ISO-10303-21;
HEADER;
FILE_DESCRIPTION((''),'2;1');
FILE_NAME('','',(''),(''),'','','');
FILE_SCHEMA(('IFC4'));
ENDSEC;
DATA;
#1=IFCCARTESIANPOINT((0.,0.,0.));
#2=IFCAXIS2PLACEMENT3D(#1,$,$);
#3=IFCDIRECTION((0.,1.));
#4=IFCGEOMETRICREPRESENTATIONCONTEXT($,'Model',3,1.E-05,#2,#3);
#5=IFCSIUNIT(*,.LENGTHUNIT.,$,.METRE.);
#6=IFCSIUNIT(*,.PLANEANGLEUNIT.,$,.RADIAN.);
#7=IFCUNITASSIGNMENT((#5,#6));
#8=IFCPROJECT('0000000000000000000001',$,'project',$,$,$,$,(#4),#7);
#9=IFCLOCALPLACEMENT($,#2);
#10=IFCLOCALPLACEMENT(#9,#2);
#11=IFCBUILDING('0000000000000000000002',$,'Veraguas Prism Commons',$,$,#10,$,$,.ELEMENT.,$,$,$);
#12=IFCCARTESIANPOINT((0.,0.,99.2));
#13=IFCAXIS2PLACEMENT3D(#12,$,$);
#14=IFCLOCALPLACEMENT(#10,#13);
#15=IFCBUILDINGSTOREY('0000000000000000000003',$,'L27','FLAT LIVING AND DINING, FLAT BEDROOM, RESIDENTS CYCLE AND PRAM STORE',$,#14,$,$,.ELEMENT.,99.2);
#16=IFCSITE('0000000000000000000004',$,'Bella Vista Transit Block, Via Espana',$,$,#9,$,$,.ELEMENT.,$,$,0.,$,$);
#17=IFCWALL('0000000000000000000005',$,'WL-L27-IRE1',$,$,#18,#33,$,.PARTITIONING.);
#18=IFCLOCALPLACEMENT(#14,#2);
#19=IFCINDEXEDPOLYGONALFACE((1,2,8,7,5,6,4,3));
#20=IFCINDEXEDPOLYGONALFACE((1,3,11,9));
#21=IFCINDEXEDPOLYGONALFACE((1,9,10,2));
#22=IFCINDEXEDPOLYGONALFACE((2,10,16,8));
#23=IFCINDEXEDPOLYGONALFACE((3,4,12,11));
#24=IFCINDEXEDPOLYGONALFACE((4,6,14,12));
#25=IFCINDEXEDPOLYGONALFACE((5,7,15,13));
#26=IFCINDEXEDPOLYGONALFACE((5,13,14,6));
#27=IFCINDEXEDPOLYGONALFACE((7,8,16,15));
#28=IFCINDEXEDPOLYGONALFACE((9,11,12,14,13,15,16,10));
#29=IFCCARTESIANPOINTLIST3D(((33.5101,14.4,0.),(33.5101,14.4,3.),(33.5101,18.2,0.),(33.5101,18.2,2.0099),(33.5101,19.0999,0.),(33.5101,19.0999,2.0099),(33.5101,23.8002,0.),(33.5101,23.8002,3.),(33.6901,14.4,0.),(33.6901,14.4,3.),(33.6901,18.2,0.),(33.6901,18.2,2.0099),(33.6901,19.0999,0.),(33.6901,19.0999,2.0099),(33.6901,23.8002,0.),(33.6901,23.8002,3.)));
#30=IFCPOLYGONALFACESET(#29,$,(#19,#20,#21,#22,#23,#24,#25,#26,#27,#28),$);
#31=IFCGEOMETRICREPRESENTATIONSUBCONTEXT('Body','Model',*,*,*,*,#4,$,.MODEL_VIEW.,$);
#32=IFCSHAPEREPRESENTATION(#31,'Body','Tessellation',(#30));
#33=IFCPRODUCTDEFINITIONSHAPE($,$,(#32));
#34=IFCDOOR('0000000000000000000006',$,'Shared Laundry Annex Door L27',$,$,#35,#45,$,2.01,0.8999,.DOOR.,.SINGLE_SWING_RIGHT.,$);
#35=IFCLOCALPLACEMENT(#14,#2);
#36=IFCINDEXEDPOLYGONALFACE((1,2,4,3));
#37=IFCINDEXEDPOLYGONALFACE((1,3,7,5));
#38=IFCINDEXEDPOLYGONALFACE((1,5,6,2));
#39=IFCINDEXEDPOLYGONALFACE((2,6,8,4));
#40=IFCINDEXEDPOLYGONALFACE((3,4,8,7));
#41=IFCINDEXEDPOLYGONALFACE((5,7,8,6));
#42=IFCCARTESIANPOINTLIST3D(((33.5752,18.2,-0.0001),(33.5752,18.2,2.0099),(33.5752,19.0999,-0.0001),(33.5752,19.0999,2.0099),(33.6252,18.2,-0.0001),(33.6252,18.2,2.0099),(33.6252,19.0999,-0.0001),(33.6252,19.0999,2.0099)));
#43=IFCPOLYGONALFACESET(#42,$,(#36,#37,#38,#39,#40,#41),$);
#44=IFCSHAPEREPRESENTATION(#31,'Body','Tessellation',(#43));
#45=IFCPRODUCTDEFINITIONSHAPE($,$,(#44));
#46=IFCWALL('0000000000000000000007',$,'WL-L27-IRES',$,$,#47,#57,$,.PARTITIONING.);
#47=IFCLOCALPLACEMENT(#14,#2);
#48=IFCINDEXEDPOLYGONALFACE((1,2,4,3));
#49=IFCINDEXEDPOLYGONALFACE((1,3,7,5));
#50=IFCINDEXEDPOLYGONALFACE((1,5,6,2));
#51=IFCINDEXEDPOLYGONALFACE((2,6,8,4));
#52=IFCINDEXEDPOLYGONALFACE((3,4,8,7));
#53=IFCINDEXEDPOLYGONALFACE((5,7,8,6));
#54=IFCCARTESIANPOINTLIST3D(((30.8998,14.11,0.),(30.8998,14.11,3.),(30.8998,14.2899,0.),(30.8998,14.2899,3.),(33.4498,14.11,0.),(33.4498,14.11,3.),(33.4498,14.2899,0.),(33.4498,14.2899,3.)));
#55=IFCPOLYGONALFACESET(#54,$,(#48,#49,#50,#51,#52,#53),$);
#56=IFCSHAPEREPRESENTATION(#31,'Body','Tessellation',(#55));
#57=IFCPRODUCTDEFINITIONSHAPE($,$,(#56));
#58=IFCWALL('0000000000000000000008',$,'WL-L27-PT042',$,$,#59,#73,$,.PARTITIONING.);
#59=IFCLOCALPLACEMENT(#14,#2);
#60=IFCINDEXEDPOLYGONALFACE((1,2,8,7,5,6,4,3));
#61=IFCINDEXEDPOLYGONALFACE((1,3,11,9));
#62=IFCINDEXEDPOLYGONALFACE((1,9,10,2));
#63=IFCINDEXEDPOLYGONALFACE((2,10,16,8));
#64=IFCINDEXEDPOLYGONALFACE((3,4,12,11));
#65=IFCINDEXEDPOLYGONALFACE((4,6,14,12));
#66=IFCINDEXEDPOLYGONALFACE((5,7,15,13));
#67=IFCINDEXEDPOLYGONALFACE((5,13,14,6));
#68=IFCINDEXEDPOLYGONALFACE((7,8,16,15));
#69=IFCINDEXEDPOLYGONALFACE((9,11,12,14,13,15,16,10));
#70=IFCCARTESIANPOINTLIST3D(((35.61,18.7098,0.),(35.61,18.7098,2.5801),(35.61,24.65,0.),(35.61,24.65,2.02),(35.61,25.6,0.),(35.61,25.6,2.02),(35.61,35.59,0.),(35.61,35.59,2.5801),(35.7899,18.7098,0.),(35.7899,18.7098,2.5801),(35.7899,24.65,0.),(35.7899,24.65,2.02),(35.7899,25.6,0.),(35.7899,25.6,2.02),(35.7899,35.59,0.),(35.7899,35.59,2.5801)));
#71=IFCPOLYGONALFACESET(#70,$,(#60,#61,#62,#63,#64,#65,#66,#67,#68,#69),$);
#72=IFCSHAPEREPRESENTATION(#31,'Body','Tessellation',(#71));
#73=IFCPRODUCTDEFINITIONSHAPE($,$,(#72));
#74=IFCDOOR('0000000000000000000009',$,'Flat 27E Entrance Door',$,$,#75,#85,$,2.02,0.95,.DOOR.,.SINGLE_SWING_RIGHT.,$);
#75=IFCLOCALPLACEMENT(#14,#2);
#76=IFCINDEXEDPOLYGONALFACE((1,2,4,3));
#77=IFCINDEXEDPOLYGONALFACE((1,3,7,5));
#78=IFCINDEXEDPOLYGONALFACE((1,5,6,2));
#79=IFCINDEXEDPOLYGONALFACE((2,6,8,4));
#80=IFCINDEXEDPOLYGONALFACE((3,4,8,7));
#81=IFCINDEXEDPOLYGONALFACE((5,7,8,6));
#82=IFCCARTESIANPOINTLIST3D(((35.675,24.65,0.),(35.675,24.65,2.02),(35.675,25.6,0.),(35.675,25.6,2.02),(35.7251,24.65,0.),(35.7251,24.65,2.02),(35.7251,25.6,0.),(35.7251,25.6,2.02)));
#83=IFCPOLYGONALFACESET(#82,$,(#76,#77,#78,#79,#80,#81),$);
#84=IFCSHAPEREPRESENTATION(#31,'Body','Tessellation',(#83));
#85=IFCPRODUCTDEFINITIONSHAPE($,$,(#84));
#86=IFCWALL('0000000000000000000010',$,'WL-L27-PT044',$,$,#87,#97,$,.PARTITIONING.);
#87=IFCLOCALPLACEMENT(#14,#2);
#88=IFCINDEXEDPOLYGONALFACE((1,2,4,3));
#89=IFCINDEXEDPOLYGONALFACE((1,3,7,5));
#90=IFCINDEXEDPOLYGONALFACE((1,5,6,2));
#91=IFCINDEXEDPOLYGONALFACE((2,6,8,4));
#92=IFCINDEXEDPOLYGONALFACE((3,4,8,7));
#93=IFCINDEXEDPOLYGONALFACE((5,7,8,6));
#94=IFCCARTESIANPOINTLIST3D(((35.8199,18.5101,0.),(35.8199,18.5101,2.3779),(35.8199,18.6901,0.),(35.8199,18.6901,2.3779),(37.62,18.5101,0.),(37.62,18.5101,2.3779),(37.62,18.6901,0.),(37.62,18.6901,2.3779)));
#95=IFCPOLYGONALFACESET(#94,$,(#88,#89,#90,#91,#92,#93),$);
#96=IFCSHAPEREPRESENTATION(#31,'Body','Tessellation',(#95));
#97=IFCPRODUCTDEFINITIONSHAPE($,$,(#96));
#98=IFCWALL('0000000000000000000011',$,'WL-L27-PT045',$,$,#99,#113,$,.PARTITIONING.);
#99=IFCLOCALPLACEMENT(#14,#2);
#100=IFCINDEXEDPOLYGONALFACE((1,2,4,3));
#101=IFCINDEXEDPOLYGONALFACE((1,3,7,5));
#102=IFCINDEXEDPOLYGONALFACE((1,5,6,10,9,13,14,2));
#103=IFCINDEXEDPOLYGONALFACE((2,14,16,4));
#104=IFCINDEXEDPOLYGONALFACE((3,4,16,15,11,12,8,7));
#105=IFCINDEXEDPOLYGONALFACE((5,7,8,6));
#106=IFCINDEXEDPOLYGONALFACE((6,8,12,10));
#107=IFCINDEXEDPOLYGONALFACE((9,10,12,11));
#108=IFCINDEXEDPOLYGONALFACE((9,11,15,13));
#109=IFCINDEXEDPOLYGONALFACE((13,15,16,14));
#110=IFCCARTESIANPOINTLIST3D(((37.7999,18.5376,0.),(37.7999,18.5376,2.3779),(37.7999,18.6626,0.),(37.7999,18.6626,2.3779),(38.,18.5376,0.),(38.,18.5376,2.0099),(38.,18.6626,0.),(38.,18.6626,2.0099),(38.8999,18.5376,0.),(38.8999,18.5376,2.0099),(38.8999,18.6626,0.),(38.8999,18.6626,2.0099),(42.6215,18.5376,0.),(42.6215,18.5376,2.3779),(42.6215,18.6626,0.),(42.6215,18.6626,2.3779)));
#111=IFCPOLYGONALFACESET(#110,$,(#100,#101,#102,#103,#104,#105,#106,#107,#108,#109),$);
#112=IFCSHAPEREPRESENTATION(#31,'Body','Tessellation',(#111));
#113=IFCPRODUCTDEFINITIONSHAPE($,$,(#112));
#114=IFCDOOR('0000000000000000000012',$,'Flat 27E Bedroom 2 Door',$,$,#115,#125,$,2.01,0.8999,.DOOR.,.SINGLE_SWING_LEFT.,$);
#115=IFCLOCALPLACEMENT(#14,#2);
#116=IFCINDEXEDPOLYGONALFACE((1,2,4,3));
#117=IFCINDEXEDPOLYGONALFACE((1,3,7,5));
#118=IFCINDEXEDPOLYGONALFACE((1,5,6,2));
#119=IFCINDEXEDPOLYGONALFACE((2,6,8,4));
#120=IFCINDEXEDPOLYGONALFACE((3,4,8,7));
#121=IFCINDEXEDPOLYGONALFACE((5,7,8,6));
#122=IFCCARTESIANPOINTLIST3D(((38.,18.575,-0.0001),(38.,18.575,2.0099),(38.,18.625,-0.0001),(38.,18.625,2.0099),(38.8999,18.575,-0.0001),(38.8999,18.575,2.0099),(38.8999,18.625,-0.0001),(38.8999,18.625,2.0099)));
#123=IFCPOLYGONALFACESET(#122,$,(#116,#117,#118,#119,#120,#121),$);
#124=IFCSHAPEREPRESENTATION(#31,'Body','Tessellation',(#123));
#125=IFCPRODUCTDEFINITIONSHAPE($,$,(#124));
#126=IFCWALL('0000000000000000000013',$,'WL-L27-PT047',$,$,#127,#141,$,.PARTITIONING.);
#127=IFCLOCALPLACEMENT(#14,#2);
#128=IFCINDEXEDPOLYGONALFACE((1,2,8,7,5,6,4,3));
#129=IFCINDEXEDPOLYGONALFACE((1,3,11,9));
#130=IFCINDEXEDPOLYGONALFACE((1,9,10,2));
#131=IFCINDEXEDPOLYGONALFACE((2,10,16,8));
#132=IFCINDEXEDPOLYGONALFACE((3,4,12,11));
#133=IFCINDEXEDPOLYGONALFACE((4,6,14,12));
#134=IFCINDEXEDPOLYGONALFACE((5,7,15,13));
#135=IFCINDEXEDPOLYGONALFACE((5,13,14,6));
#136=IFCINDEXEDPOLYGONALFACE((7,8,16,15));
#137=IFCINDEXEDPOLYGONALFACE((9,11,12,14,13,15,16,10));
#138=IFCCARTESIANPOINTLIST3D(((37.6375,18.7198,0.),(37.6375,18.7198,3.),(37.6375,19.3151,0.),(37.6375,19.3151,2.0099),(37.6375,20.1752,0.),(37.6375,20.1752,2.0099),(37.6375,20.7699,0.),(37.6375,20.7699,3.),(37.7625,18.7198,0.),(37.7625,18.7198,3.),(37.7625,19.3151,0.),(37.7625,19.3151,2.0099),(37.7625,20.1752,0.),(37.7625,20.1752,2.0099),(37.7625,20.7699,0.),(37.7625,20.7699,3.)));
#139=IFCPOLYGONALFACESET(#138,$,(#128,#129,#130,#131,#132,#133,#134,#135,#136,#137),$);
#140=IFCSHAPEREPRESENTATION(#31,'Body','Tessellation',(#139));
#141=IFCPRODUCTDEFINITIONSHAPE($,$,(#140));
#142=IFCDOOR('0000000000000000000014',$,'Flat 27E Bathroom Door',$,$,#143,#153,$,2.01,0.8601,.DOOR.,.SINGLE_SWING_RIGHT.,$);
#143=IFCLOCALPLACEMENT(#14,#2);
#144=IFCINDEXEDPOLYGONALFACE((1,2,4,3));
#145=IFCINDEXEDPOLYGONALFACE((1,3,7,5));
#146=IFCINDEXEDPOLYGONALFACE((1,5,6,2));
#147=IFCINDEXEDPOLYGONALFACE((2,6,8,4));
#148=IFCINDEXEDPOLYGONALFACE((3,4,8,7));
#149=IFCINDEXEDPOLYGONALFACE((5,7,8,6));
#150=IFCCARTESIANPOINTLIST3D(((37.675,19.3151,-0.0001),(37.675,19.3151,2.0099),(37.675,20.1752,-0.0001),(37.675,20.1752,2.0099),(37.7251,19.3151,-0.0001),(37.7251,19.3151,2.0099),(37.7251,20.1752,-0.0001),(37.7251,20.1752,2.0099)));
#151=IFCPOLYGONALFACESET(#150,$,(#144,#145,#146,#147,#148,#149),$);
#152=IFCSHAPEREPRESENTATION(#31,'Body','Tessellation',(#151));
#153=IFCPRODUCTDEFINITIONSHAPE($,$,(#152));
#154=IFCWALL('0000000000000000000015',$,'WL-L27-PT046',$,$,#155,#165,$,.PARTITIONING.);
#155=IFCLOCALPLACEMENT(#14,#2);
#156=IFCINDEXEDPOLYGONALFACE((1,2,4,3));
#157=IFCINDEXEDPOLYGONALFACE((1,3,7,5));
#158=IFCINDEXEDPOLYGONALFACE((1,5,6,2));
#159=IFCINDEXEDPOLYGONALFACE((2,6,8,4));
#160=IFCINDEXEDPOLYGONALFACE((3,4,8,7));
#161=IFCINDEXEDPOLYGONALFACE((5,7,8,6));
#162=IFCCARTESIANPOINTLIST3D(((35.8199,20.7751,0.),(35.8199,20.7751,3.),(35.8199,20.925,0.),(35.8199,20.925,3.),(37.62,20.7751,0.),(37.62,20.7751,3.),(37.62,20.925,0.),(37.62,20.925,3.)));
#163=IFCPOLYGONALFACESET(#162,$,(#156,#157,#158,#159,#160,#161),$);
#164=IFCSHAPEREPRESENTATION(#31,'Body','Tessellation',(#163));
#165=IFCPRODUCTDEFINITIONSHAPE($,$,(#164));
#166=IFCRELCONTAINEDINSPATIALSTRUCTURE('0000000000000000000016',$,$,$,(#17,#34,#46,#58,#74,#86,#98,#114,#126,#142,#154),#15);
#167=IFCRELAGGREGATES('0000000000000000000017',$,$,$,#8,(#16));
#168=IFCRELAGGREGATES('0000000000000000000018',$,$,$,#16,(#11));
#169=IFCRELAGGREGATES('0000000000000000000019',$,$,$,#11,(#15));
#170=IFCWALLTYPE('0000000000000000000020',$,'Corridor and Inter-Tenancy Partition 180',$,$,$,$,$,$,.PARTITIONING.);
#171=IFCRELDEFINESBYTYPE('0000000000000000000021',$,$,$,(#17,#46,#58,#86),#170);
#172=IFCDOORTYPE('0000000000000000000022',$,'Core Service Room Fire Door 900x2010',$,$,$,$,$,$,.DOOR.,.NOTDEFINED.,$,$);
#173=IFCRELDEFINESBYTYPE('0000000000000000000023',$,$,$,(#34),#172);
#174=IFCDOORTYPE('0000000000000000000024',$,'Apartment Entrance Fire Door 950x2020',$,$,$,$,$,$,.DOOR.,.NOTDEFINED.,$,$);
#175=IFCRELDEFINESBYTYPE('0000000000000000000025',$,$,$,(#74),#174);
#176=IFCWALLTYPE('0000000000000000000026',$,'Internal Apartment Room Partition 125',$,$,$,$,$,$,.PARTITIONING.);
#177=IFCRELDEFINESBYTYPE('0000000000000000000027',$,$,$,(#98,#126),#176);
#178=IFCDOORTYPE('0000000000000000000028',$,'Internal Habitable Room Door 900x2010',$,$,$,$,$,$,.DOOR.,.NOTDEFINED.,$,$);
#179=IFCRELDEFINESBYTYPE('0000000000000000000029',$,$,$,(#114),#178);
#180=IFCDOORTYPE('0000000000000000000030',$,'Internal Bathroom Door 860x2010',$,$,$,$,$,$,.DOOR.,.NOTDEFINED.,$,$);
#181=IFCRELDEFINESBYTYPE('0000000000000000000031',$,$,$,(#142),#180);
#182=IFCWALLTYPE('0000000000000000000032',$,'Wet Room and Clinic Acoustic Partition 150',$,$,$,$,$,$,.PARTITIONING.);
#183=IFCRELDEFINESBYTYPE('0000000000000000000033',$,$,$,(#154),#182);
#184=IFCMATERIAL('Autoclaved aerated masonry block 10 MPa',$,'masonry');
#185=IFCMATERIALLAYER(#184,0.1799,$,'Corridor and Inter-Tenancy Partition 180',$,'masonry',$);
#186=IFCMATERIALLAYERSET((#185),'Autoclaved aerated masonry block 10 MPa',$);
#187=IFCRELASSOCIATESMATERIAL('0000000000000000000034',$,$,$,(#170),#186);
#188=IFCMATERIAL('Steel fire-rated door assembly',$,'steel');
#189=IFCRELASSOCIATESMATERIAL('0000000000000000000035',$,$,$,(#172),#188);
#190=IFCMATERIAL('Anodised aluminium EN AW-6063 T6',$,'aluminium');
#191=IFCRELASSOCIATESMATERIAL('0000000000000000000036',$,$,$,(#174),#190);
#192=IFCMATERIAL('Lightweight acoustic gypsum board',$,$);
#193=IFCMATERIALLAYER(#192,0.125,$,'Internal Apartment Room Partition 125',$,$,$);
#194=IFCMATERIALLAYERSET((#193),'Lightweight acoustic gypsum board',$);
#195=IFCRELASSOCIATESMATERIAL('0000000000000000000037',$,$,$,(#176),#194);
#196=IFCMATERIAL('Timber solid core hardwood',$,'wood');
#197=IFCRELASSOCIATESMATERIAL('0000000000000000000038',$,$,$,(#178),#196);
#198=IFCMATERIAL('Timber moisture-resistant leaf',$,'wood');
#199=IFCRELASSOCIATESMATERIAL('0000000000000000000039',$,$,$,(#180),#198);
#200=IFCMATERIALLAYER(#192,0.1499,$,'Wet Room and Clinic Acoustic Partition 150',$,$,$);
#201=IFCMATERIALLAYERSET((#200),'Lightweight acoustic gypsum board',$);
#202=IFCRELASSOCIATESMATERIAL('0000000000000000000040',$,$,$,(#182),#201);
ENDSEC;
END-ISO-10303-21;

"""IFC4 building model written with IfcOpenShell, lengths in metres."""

from ifc_helpers import new_model, si_unit, direction, frame, frame_2d, origin, place, context, subcontext, project, spatial, rectangle, extrude, source, transform, mapped, material, layer, layer_set, type_object, element, fill, save


model = new_model("IFC4")

# Units and contexts
model_context = context("Model", 3, precision=1e-05, world=origin(), true_north=direction((0.0, 1.0)))
body_context = subcontext(model_context, "Body", "Model", "MODEL_VIEW")
ifc_project = project(units=[si_unit("LENGTHUNIT", "METRE"), si_unit("PLANEANGLEUNIT", "RADIAN")], contexts=[model_context])

# Site, building, storey
site_placement = place(None, origin())
site = spatial("IfcSite", under=ifc_project, at=site_placement, Name="Bella Vista Transit Block, Via Espana", CompositionType="ELEMENT", RefElevation=0.0)
building_placement = place(site_placement, origin())
building = spatial("IfcBuilding", under=site, at=building_placement, Name="Veraguas Prism Commons", CompositionType="ELEMENT")
storey_placement = place(building_placement, frame((0.0, 0.0, 99.2)))
storey = spatial("IfcBuildingStorey", under=building, at=storey_placement, Name="L27", Description="FLAT LIVING AND DINING, FLAT BEDROOM, RESIDENTS CYCLE AND PRAM STORE", CompositionType="ELEMENT", Elevation=99.2)

# Shared definitions
ifc_material_1 = material(Name="Anodised aluminium EN AW-6063 T6", Category="aluminium")

# Wall, opening, door
ifc_material_2 = material(Name="Autoclaved aerated masonry block 10 MPa", Category="masonry")
ifc_layer_1 = layer(ifc_material_2, 0.1799, Name="Corridor and Inter-Tenancy Partition 180", Category="masonry")
ifc_layer_set_1 = layer_set([ifc_layer_1], Name="Autoclaved aerated masonry block 10 MPa")
wall_type_1 = type_object("IfcWallType", Name="Corridor and Inter-Tenancy Partition 180", PredefinedType="PARTITIONING", material=ifc_layer_set_1)
wall_1_placement = place(storey_placement, frame((33.6001, 14.3999, 0.0), z_axis=(0.0, 0.0, 1.0), x_axis=(0.0, 1.0, 0.0)))
wall_1 = element("IfcWall", 1, at=wall_1_placement, inside=storey, type_object=wall_type_1, Name="WL-L27-IRE1", PredefinedType="PARTITIONING", context=body_context, shape_type="SweptSolid", body=[
    extrude(rectangle(XDim=9.4001, YDim=0.1799, at=frame_2d((4.7002, 0.0))), origin(), (0.0, 0.0, 1.0), 3.0),
])
opening_1_placement = place(wall_1_placement, frame((3.8, 0.0, 0.0)))
opening_1 = element("IfcOpeningElement", 2, at=opening_1_placement, cuts=wall_1, PredefinedType="OPENING", context=body_context, shape_type="SweptSolid", body=[
    extrude(rectangle(XDim=0.8999, YDim=2.01, at=frame_2d((0.45, 1.0049))), frame((0.0, 0.0999, 0.0), z_axis=(0.0, -1.0, 0.0), x_axis=(1.0, 0.0, 0.0)), (0.0, 0.0, 1.0), 0.2),
])
ifc_material_3 = material(Name="Steel fire-rated door assembly", Category="steel")
door_type_1 = type_object("IfcDoorType", Name="Core Service Room Fire Door 900x2010", OperationType="NOTDEFINED", PredefinedType="DOOR", material=ifc_material_3)
shared_shape_1 = source(origin(), body_context, "Body", "SweptSolid", [
    extrude(rectangle(XDim=0.8999, YDim=2.01, at=frame_2d((0.45, 1.0049))), frame((0.0, 0.0249, 0.0), z_axis=(0.0, -1.0, 0.0), x_axis=(1.0, 0.0, 0.0)), (0.0, 0.0, 1.0), 0.05),
])
door_1_placement = place(opening_1_placement, origin())
door_1 = element("IfcDoor", 3, at=door_1_placement, inside=storey, type_object=door_type_1, Name="Shared Laundry Annex Door L27", OperationType="SINGLE_SWING_RIGHT", OverallHeight=2.01, OverallWidth=0.8999, PredefinedType="DOOR", context=body_context, shape_type="MappedRepresentation", body=[
    mapped(shared_shape_1, transform((0.0, 0.0, 0.0), scale=1.0)),
])
fill(opening_1, door_1)

# Wall
wall_2_placement = place(storey_placement, frame((30.8999, 14.2, 0.0), z_axis=(0.0, 0.0, 1.0), x_axis=(1.0, 0.0, 0.0)))
element("IfcWall", 4, at=wall_2_placement, inside=storey, type_object=wall_type_1, Name="WL-L27-IRES", PredefinedType="PARTITIONING", context=body_context, shape_type="SweptSolid", body=[
    extrude(rectangle(XDim=2.55, YDim=0.1799, at=frame_2d((1.2749, 0.0))), origin(), (0.0, 0.0, 1.0), 3.0),
])

# Wall, opening, door
wall_3_placement = place(storey_placement, frame((35.7, 18.71, 0.0), z_axis=(0.0, 0.0, 1.0), x_axis=(0.0, 1.0, 0.0)))
wall_3 = element("IfcWall", 5, at=wall_3_placement, inside=storey, type_object=wall_type_1, Name="WL-L27-PT042", PredefinedType="PARTITIONING", context=body_context, shape_type="SweptSolid", body=[
    extrude(rectangle(XDim=16.8801, YDim=0.1799, at=frame_2d((8.4399, 0.0))), origin(), (0.0, 0.0, 1.0), 2.5801),
])
opening_2_placement = place(wall_3_placement, frame((5.9399, 0.0, 0.0)))
opening_2 = element("IfcOpeningElement", 6, at=opening_2_placement, cuts=wall_3, PredefinedType="OPENING", context=body_context, shape_type="SweptSolid", body=[
    extrude(rectangle(XDim=0.95, YDim=2.02, at=frame_2d((0.4751, 1.01))), frame((0.0, 0.0999, 0.0), z_axis=(0.0, -1.0, 0.0), x_axis=(1.0, 0.0, 0.0)), (0.0, 0.0, 1.0), 0.2),
])
door_type_2 = type_object("IfcDoorType", Name="Apartment Entrance Fire Door 950x2020", OperationType="NOTDEFINED", PredefinedType="DOOR", material=ifc_material_1)
shared_shape_2 = source(origin(), body_context, "Body", "SweptSolid", [
    extrude(rectangle(XDim=0.95, YDim=2.02, at=frame_2d((0.4751, 1.01))), frame((0.0, 0.0249, 0.0), z_axis=(0.0, -1.0, 0.0), x_axis=(1.0, 0.0, 0.0)), (0.0, 0.0, 1.0), 0.05),
])
door_2_placement = place(opening_2_placement, origin())
door_2 = element("IfcDoor", 7, at=door_2_placement, inside=storey, type_object=door_type_2, Name="Flat 27E Entrance Door", OperationType="SINGLE_SWING_RIGHT", OverallHeight=2.02, OverallWidth=0.95, PredefinedType="DOOR", context=body_context, shape_type="MappedRepresentation", body=[
    mapped(shared_shape_2, transform((0.0, 0.0, 0.0), scale=1.0)),
])
fill(opening_2, door_2)

# Wall
wall_4_placement = place(storey_placement, frame((35.8201, 18.6001, 0.0), z_axis=(0.0, 0.0, 1.0), x_axis=(1.0, 0.0, 0.0)))
element("IfcWall", 8, at=wall_4_placement, inside=storey, type_object=wall_type_1, Name="WL-L27-PT044", PredefinedType="PARTITIONING", context=body_context, shape_type="SweptSolid", body=[
    extrude(rectangle(XDim=1.8, YDim=0.1799, at=frame_2d((0.8999, 0.0))), origin(), (0.0, 0.0, 1.0), 2.3779),
])

# Walls, openings, doors
ifc_material_4 = material(Name="Lightweight acoustic gypsum board")
ifc_layer_2 = layer(ifc_material_4, 0.125, Name="Internal Apartment Room Partition 125")
ifc_layer_set_2 = layer_set([ifc_layer_2], Name="Lightweight acoustic gypsum board")
wall_type_2 = type_object("IfcWallType", Name="Internal Apartment Room Partition 125", PredefinedType="PARTITIONING", material=ifc_layer_set_2)
wall_5_placement = place(storey_placement, frame((37.8, 18.6001, 0.0), z_axis=(0.0, 0.0, 1.0), x_axis=(1.0, 0.0, 0.0)))
wall_5 = element("IfcWall", 9, at=wall_5_placement, inside=storey, type_object=wall_type_2, Name="WL-L27-PT045", PredefinedType="PARTITIONING", context=body_context, shape_type="SweptSolid", body=[
    extrude(rectangle(XDim=4.8215, YDim=0.125, at=frame_2d((2.4106, 0.0))), origin(), (0.0, 0.0, 1.0), 2.3779),
])
opening_3_placement = place(wall_5_placement, frame((0.2, 0.0, 0.0)))
opening_3 = element("IfcOpeningElement", 10, at=opening_3_placement, cuts=wall_5, PredefinedType="OPENING", context=body_context, shape_type="SweptSolid", body=[
    extrude(rectangle(XDim=0.8999, YDim=2.01, at=frame_2d((0.45, 1.0049))), frame((0.0, 0.0725, 0.0), z_axis=(0.0, -1.0, 0.0), x_axis=(1.0, 0.0, 0.0)), (0.0, 0.0, 1.0), 0.145),
])
ifc_material_5 = material(Name="Timber solid core hardwood", Category="wood")
door_type_3 = type_object("IfcDoorType", Name="Internal Habitable Room Door 900x2010", OperationType="NOTDEFINED", PredefinedType="DOOR", material=ifc_material_5)
door_3_placement = place(opening_3_placement, origin())
door_3 = element("IfcDoor", 11, at=door_3_placement, inside=storey, type_object=door_type_3, Name="Flat 27E Bedroom 2 Door", OperationType="SINGLE_SWING_LEFT", OverallHeight=2.01, OverallWidth=0.8999, PredefinedType="DOOR", context=body_context, shape_type="MappedRepresentation", body=[
    mapped(shared_shape_1, transform((0.0, 0.0, 0.0), scale=1.0)),
])
fill(opening_3, door_3)
wall_6_placement = place(storey_placement, frame((37.7, 18.72, 0.0), z_axis=(0.0, 0.0, 1.0), x_axis=(0.0, 1.0, 0.0)))
wall_6 = element("IfcWall", 12, at=wall_6_placement, inside=storey, type_object=wall_type_2, Name="WL-L27-PT047", PredefinedType="PARTITIONING", context=body_context, shape_type="SweptSolid", body=[
    extrude(rectangle(XDim=2.05, YDim=0.125, at=frame_2d((1.0249, 0.0))), origin(), (0.0, 0.0, 1.0), 3.0),
])
opening_4_placement = place(wall_6_placement, frame((0.595, 0.0, 0.0)))
opening_4 = element("IfcOpeningElement", 13, at=opening_4_placement, cuts=wall_6, PredefinedType="OPENING", context=body_context, shape_type="SweptSolid", body=[
    extrude(rectangle(XDim=0.8601, YDim=2.01, at=frame_2d((0.4302, 1.0049))), frame((0.0, 0.0725, 0.0), z_axis=(0.0, -1.0, 0.0), x_axis=(1.0, 0.0, 0.0)), (0.0, 0.0, 1.0), 0.145),
])
ifc_material_6 = material(Name="Timber moisture-resistant leaf", Category="wood")
door_type_4 = type_object("IfcDoorType", Name="Internal Bathroom Door 860x2010", OperationType="NOTDEFINED", PredefinedType="DOOR", material=ifc_material_6)
shared_shape_3 = source(origin(), body_context, "Body", "SweptSolid", [
    extrude(rectangle(XDim=0.8601, YDim=2.01, at=frame_2d((0.4302, 1.0049))), frame((0.0, 0.0249, 0.0), z_axis=(0.0, -1.0, 0.0), x_axis=(1.0, 0.0, 0.0)), (0.0, 0.0, 1.0), 0.05),
])
door_4_placement = place(opening_4_placement, origin())
door_4 = element("IfcDoor", 14, at=door_4_placement, inside=storey, type_object=door_type_4, Name="Flat 27E Bathroom Door", OperationType="SINGLE_SWING_RIGHT", OverallHeight=2.01, OverallWidth=0.8601, PredefinedType="DOOR", context=body_context, shape_type="MappedRepresentation", body=[
    mapped(shared_shape_3, transform((0.0, 0.0, 0.0), scale=1.0)),
])
fill(opening_4, door_4)

# Wall
ifc_layer_3 = layer(ifc_material_4, 0.1499, Name="Wet Room and Clinic Acoustic Partition 150")
ifc_layer_set_3 = layer_set([ifc_layer_3], Name="Lightweight acoustic gypsum board")
wall_type_3 = type_object("IfcWallType", Name="Wet Room and Clinic Acoustic Partition 150", PredefinedType="PARTITIONING", material=ifc_layer_set_3)
wall_7_placement = place(storey_placement, frame((35.8201, 20.8501, 0.0), z_axis=(0.0, 0.0, 1.0), x_axis=(1.0, 0.0, 0.0)))
element("IfcWall", 15, at=wall_7_placement, inside=storey, type_object=wall_type_3, Name="WL-L27-PT046", PredefinedType="PARTITIONING", context=body_context, shape_type="SweptSolid", body=[
    extrude(rectangle(XDim=1.8, YDim=0.1499, at=frame_2d((0.8999, 0.0))), origin(), (0.0, 0.0, 1.0), 3.0),
])

save(model, "model.ifc")
